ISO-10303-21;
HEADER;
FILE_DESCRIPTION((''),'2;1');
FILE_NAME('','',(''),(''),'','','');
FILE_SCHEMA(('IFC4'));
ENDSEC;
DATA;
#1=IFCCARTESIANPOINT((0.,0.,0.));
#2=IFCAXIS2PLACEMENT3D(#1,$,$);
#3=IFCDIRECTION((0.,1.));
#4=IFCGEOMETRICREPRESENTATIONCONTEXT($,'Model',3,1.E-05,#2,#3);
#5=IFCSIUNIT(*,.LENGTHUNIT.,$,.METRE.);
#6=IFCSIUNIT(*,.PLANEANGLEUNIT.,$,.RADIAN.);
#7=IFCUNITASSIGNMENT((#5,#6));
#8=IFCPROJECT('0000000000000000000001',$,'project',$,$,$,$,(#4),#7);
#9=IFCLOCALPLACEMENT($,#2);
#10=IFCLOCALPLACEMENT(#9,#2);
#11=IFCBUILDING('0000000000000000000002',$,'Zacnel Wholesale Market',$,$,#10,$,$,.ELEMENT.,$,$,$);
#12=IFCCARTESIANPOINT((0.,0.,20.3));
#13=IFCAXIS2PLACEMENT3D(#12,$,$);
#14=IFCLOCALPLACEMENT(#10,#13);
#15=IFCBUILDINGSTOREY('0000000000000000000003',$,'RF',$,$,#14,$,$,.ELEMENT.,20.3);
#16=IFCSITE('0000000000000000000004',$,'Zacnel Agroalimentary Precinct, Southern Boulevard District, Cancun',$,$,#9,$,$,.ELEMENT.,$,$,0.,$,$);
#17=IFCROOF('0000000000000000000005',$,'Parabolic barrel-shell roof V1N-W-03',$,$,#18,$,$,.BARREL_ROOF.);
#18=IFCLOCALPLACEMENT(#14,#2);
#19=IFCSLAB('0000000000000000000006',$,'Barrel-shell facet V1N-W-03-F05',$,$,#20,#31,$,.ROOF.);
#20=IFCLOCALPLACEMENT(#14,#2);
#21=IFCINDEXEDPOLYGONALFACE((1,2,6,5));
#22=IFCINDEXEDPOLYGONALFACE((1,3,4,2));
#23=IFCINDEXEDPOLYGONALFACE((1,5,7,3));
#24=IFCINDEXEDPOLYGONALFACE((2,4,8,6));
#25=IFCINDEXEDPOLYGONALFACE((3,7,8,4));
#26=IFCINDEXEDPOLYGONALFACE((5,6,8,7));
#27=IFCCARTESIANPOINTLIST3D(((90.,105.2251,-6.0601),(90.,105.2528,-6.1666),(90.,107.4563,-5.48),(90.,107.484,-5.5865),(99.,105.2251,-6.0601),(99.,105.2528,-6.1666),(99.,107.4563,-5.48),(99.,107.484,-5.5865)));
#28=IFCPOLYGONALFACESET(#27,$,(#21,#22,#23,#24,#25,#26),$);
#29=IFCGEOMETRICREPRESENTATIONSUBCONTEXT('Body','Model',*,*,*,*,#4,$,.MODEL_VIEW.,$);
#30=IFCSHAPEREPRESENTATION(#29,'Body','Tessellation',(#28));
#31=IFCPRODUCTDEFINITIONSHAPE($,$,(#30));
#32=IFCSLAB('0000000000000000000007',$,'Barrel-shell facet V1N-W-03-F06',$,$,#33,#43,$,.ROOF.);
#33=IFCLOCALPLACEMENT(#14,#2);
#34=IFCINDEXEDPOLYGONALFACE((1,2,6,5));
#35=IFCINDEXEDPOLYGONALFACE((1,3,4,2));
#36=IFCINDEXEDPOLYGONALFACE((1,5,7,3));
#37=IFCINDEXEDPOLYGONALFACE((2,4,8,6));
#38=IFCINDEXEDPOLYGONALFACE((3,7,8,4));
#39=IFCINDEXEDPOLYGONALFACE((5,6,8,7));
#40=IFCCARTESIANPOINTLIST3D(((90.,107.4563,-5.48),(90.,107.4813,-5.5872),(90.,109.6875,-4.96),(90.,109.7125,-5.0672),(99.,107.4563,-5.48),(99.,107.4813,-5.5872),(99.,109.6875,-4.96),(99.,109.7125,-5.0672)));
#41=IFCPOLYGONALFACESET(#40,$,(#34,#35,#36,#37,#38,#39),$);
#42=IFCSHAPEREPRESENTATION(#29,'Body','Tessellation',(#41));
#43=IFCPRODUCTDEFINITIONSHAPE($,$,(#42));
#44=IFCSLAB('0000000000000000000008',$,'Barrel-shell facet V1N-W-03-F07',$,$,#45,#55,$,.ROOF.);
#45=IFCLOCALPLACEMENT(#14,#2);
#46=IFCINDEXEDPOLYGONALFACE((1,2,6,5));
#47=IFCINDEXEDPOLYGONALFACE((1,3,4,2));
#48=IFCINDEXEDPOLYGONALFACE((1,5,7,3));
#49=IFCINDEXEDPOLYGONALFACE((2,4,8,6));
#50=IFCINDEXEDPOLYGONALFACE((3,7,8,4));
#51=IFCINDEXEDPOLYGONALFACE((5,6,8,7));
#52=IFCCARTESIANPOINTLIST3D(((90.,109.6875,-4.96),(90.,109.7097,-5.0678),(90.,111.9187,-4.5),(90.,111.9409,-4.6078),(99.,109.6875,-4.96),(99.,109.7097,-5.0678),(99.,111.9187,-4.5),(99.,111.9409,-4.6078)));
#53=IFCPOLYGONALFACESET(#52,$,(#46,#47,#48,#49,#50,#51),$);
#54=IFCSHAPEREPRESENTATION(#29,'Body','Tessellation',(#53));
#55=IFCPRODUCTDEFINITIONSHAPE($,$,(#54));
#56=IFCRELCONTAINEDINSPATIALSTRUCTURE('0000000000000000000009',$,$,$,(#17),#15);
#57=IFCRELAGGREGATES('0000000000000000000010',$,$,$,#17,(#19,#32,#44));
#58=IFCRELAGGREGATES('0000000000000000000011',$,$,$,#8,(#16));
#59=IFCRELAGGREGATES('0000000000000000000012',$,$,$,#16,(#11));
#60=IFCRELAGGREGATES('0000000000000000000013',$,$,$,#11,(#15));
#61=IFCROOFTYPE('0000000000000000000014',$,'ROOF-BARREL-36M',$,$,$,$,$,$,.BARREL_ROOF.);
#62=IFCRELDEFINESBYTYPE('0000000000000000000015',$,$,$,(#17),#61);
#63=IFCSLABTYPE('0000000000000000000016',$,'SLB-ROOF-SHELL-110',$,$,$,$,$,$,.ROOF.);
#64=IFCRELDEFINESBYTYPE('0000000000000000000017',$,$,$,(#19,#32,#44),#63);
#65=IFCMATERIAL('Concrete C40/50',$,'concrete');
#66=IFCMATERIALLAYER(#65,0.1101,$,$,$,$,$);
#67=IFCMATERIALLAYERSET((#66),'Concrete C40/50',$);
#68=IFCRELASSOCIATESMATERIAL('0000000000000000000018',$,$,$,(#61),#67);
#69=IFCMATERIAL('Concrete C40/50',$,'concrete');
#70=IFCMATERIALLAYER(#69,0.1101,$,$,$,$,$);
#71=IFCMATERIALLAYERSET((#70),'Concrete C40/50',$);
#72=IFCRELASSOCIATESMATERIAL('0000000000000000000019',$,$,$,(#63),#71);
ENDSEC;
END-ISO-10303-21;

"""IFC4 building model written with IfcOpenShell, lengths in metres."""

from ifc_helpers import new_model, si_unit, direction, frame, origin, place, context, subcontext, project, spatial, polyline, outline, extrude, material, layer, layer_set, type_object, element, aggregate, save


model = new_model("IFC4")

# Units and contexts
model_context = context("Model", 3, precision=1e-05, world=origin(), true_north=direction((0.0, 1.0)))
body_context = subcontext(model_context, "Body", "Model", "MODEL_VIEW")
ifc_project = project(units=[si_unit("LENGTHUNIT", "METRE"), si_unit("PLANEANGLEUNIT", "RADIAN")], contexts=[model_context])

# Site, building, storey
site_placement = place(None, origin())
site = spatial("IfcSite", under=ifc_project, at=site_placement, Name="Zacnel Agroalimentary Precinct, Southern Boulevard District, Cancun", CompositionType="ELEMENT", RefElevation=0.0)
building_placement = place(site_placement, origin())
building = spatial("IfcBuilding", under=site, at=building_placement, Name="Zacnel Wholesale Market", CompositionType="ELEMENT")
storey_placement = place(building_placement, frame((0.0, 0.0, 20.3)))
storey = spatial("IfcBuildingStorey", under=building, at=storey_placement, Name="RF", CompositionType="ELEMENT", Elevation=20.3)

# Roof, slabs
ifc_material_1 = material(Name="Concrete C40/50", Category="concrete")
ifc_layer_1 = layer(ifc_material_1, 0.1101)
ifc_layer_set_1 = layer_set([ifc_layer_1], Name="Concrete C40/50")
roof_type = type_object("IfcRoofType", Name="ROOF-BARREL-36M", PredefinedType="BARREL_ROOF", material=ifc_layer_set_1)
ifc_material_2 = material(Name="Concrete C40/50", Category="concrete")
ifc_layer_2 = layer(ifc_material_2, 0.1101)
ifc_layer_set_2 = layer_set([ifc_layer_2], Name="Concrete C40/50")
slab_type = type_object("IfcSlabType", Name="SLB-ROOF-SHELL-110", PredefinedType="ROOF", material=ifc_layer_set_2)
roof_1_placement = place(storey_placement, origin())
roof_1 = element("IfcRoof", 1, at=roof_1_placement, inside=storey, type_object=roof_type, Name="Parabolic barrel-shell roof V1N-W-03", PredefinedType="BARREL_ROOF")
slab_1_placement = place(storey_placement, frame((90.0, 105.2251, -6.0601), z_axis=(0.0, -0.25162, 0.967826), x_axis=(1.0, 0.0, 0.0)))
slab_1 = element("IfcSlab", 2, at=slab_1_placement, type_object=slab_type, Name="Barrel-shell facet V1N-W-03-F05", PredefinedType="ROOF", context=body_context, shape_type="SweptSolid", body=[
    extrude(outline(polyline([(0.0, 0.0), (9.0, 0.0), (9.0, 2.3054), (0.0, 2.3054), (0.0, 0.0)])), origin(), (0.0, 0.0, -1.0), 0.1101),
])
slab_2_placement = place(storey_placement, frame((90.0, 107.4563, -5.48), z_axis=(0.0, -0.226984, 0.973899), x_axis=(1.0, 0.0, 0.0)))
slab_2 = element("IfcSlab", 3, at=slab_2_placement, type_object=slab_type, Name="Barrel-shell facet V1N-W-03-F06", PredefinedType="ROOF", context=body_context, shape_type="SweptSolid", body=[
    extrude(outline(polyline([(0.0, 0.0), (9.0, 0.0), (9.0, 2.291), (0.0, 2.291), (0.0, 0.0)])), origin(), (0.0, 0.0, -1.0), 0.1101),
])
slab_3_placement = place(storey_placement, frame((90.0, 109.6875, -4.96), z_axis=(0.0, -0.201904, 0.979405), x_axis=(1.0, 0.0, 0.0)))
slab_3 = element("IfcSlab", 4, at=slab_3_placement, type_object=slab_type, Name="Barrel-shell facet V1N-W-03-F07", PredefinedType="ROOF", context=body_context, shape_type="SweptSolid", body=[
    extrude(outline(polyline([(0.0, 0.0), (9.0, 0.0), (9.0, 2.2781), (0.0, 2.2781), (0.0, 0.0)])), origin(), (0.0, 0.0, -1.0), 0.1101),
])
aggregate(roof_1, [slab_1, slab_2, slab_3])

save(model, "model.ifc")
